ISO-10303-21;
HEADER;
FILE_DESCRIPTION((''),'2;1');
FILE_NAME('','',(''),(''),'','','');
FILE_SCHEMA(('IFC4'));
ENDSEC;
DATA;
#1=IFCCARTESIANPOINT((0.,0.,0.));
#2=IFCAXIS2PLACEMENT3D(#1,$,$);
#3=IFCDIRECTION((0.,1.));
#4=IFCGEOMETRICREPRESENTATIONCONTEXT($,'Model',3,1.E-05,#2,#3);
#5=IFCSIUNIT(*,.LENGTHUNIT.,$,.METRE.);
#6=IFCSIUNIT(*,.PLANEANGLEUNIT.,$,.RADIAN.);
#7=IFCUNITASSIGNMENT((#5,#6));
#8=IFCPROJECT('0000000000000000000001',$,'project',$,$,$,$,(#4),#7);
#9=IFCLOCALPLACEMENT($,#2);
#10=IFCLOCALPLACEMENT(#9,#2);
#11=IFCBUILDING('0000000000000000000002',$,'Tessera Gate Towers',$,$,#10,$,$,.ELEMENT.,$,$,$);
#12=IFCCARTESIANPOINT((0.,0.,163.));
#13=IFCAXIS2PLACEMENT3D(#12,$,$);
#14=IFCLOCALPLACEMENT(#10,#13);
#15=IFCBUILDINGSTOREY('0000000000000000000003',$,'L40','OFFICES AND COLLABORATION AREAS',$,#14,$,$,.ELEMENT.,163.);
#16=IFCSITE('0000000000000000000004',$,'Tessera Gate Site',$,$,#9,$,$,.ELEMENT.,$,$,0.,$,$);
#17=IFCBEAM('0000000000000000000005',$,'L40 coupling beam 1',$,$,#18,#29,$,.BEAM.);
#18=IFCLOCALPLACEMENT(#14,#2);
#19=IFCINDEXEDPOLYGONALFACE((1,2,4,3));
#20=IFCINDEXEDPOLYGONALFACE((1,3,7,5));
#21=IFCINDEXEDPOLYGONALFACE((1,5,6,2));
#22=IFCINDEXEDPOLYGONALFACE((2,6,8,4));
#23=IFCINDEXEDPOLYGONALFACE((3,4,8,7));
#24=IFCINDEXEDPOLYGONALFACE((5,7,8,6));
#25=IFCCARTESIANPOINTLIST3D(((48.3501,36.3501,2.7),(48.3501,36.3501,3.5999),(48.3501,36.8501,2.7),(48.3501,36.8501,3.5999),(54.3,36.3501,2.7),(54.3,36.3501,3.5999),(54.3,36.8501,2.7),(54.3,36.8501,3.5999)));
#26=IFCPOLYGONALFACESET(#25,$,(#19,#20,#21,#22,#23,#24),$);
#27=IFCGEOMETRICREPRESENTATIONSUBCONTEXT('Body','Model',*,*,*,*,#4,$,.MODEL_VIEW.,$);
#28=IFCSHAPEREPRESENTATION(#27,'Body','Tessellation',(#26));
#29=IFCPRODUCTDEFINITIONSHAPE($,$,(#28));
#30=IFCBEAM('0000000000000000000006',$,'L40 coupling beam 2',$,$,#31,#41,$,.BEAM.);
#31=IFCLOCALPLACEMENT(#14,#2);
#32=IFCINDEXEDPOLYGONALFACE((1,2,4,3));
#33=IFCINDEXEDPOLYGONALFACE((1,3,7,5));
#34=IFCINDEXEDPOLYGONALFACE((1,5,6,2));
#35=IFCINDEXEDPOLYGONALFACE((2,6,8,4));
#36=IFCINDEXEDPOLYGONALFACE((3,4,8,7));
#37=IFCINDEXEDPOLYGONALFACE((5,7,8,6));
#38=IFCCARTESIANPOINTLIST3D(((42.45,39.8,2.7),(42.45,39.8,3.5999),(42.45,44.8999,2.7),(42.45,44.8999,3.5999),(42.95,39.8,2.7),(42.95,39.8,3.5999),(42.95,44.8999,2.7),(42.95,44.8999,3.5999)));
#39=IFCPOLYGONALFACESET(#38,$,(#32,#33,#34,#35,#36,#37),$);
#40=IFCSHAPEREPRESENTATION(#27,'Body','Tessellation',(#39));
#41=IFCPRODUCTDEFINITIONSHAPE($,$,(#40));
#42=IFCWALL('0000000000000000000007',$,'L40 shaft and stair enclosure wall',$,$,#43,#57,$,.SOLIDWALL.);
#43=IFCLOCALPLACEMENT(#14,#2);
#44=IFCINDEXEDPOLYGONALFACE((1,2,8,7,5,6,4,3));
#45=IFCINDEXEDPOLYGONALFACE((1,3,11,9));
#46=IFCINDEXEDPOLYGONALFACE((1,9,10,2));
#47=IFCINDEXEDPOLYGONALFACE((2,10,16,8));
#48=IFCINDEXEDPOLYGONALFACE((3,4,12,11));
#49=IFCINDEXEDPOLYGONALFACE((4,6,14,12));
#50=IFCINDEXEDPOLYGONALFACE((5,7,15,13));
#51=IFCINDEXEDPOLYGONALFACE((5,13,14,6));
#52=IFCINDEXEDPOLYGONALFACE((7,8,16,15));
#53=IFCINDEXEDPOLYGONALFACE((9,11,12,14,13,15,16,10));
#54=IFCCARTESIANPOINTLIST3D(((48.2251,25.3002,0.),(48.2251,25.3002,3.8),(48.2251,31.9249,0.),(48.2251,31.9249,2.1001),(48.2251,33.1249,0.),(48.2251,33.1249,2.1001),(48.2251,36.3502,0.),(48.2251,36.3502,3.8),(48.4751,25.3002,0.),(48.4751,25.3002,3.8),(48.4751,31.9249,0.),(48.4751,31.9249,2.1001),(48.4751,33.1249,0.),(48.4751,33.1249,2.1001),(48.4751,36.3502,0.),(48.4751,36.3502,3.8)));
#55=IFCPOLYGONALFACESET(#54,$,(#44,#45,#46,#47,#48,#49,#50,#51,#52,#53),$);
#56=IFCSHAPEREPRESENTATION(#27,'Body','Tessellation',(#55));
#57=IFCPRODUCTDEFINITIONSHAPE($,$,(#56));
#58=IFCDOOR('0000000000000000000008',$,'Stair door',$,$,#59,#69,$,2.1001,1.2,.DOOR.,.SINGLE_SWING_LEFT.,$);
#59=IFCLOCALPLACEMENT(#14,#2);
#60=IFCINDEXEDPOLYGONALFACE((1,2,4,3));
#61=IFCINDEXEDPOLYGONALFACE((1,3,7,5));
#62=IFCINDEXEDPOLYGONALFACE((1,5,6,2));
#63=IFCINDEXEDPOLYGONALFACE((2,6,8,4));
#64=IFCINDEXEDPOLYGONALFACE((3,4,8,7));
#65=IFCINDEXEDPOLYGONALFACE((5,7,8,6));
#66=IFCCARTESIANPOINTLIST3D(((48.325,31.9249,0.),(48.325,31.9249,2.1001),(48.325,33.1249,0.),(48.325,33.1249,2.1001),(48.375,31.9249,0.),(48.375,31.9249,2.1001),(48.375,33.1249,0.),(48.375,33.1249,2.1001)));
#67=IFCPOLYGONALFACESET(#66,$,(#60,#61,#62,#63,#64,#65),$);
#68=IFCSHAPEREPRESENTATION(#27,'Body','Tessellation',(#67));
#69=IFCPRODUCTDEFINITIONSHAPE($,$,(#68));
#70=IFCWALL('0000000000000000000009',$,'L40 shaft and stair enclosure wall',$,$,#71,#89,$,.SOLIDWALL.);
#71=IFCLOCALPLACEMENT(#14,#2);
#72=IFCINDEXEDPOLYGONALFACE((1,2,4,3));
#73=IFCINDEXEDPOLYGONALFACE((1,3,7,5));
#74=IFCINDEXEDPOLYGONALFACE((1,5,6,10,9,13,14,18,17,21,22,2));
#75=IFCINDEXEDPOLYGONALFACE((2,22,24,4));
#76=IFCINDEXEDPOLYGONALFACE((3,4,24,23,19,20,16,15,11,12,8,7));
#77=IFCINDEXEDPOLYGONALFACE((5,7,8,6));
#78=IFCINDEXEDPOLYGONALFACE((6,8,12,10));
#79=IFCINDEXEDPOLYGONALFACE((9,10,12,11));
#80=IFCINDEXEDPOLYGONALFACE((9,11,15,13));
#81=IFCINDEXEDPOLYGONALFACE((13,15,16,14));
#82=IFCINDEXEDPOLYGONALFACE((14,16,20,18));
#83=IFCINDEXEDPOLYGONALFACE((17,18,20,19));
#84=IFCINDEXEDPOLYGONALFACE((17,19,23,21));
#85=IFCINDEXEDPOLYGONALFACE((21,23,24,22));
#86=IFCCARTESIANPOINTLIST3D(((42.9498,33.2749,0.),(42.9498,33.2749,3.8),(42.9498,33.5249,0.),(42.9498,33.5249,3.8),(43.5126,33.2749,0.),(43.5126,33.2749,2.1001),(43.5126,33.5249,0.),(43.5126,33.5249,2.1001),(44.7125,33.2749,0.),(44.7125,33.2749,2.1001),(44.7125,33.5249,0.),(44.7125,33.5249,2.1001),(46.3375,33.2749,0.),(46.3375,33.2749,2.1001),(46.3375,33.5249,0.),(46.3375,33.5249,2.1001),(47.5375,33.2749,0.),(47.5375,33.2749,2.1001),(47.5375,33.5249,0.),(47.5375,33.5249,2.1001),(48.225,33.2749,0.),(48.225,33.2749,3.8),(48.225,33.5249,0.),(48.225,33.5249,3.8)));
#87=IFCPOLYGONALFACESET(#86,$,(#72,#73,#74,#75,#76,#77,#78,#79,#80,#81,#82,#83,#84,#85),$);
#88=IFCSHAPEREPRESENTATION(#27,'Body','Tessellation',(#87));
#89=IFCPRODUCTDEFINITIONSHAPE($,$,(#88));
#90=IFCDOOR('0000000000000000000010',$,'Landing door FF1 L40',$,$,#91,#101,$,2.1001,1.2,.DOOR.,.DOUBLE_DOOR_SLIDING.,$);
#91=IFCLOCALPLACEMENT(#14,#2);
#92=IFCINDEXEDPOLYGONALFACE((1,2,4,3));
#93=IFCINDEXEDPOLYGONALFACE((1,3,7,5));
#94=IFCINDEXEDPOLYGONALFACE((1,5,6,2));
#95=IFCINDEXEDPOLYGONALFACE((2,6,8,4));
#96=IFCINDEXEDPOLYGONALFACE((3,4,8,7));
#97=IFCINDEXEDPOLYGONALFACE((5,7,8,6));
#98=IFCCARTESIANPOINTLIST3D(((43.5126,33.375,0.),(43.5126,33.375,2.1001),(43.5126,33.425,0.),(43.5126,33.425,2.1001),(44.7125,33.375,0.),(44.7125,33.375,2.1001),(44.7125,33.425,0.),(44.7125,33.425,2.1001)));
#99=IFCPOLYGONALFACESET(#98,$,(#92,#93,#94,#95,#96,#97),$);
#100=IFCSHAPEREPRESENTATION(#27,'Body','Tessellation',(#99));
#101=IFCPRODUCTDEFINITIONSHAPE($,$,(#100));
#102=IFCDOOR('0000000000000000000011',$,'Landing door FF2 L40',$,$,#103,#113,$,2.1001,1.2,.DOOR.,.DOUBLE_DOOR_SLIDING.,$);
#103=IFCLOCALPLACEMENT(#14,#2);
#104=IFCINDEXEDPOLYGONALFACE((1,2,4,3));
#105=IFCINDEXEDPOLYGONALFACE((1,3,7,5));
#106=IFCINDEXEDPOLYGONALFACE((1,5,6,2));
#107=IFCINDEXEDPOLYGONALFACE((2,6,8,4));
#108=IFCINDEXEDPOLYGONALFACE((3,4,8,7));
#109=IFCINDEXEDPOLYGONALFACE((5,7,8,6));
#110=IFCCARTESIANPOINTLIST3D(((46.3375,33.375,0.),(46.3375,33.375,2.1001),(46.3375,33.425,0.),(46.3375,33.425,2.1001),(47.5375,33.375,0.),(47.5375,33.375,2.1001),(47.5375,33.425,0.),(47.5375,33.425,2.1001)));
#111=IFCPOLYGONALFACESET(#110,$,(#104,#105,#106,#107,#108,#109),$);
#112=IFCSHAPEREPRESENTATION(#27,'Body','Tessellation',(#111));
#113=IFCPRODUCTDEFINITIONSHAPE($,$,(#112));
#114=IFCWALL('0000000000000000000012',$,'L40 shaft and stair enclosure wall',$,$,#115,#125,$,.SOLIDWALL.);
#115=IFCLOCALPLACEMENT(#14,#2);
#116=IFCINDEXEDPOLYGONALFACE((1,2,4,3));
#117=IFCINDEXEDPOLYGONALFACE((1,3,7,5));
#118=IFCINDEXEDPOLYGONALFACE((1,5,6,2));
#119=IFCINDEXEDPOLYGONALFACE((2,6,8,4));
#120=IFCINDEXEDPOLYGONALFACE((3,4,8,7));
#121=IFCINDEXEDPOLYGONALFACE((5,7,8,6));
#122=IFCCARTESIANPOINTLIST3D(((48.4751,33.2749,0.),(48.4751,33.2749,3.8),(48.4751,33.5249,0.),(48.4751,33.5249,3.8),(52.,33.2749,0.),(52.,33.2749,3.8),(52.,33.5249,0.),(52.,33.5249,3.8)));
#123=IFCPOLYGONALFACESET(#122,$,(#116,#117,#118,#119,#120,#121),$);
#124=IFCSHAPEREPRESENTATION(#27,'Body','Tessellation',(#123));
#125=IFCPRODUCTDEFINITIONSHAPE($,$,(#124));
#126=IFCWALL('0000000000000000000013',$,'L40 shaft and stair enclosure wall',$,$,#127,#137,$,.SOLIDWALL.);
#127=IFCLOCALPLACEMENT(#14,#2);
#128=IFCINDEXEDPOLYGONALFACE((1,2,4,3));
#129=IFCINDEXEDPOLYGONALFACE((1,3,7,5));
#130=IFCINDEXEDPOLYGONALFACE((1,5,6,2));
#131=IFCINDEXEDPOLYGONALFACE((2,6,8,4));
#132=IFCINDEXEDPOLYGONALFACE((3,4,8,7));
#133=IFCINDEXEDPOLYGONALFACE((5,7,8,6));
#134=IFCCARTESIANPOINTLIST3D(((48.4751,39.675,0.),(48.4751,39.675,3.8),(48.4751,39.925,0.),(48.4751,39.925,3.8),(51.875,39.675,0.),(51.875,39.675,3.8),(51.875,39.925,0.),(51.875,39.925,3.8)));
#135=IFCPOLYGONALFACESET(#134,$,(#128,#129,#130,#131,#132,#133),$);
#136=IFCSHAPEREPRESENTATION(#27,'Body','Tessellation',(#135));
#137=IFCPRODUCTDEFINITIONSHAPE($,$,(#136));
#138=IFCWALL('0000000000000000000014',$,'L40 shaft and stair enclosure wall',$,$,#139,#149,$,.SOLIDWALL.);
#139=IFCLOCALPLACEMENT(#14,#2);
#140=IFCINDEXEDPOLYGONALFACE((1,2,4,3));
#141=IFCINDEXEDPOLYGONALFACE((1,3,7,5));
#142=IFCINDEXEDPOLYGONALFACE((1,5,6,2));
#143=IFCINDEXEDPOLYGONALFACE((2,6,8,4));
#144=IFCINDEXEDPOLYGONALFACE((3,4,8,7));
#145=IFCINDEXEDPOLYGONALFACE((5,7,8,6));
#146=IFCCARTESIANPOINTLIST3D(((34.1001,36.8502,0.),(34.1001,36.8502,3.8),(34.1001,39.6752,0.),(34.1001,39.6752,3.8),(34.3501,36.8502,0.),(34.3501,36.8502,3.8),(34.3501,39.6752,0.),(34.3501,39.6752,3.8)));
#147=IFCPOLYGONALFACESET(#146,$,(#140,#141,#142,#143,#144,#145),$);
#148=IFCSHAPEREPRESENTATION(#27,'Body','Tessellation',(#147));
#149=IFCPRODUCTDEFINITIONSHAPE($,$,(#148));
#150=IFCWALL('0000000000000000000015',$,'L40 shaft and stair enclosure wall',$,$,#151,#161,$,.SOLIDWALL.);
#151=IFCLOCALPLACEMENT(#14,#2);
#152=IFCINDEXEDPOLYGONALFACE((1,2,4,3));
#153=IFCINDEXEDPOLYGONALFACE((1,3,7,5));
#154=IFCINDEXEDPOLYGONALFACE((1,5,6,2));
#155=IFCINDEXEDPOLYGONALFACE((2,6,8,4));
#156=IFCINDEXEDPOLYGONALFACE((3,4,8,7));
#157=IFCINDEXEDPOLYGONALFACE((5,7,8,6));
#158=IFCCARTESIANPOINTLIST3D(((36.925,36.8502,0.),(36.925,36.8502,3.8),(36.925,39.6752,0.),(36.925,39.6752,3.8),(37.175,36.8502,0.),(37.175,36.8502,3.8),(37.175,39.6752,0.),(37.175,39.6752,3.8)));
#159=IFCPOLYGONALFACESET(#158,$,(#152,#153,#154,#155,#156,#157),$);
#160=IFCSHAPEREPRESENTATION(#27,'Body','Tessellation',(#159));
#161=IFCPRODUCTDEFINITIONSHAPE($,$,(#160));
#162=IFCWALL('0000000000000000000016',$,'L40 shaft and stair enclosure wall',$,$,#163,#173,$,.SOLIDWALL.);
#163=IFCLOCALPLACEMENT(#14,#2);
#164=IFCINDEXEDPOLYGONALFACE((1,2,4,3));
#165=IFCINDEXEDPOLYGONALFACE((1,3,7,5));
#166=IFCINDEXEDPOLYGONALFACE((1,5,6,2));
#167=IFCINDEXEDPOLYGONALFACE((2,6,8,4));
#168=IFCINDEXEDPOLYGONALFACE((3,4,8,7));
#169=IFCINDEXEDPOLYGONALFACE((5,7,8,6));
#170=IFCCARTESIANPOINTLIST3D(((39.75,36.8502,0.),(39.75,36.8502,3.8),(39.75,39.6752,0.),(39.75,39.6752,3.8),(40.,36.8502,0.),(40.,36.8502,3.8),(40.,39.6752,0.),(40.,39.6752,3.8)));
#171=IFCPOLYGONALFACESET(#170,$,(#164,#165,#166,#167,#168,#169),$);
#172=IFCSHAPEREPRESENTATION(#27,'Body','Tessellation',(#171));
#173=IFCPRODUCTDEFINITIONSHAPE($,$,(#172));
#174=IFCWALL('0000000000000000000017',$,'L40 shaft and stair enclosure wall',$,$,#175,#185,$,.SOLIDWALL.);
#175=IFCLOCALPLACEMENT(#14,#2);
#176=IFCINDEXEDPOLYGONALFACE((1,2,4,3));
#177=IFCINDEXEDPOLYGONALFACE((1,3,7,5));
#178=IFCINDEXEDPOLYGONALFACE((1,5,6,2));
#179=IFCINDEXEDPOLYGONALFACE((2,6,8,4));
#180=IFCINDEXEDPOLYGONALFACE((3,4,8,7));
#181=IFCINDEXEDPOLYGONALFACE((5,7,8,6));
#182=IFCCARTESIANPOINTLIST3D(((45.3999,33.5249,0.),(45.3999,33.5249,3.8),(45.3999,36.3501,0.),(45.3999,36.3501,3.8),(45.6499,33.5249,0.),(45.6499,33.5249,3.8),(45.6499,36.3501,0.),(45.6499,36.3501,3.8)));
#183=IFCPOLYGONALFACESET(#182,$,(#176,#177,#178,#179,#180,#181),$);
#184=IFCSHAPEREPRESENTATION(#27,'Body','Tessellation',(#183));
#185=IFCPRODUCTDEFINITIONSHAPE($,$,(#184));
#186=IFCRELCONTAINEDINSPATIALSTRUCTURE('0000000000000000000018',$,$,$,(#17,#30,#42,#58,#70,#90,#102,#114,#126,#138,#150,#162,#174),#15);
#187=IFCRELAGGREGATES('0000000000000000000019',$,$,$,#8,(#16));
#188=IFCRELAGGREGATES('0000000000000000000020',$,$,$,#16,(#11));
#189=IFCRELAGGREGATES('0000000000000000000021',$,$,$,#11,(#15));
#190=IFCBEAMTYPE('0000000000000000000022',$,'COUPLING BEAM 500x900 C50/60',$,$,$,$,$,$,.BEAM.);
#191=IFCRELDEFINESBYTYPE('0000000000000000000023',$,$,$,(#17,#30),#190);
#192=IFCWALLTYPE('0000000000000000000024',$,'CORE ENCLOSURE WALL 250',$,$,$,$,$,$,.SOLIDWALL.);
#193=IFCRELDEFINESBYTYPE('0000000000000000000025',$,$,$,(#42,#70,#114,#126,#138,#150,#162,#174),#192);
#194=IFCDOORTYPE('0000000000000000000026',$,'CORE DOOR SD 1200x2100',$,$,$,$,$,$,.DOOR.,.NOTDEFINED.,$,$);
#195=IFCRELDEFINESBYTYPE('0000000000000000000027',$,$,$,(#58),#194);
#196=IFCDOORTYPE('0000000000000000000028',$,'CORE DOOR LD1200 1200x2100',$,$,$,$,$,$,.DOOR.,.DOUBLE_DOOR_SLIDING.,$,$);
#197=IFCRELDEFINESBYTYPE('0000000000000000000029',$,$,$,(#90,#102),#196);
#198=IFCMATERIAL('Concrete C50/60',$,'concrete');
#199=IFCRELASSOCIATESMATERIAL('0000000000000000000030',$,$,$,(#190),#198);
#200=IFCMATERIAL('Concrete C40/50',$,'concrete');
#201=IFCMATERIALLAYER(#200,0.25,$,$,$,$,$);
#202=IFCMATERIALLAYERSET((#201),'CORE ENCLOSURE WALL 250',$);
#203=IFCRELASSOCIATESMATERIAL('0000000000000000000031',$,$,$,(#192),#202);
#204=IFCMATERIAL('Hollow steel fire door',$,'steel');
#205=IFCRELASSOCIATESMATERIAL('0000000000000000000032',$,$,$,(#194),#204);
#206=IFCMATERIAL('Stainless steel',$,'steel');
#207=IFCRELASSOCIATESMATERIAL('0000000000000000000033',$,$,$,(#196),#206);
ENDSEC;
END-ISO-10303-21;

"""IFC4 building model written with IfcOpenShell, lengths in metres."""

from ifc_helpers import new_model, si_unit, direction, frame, frame_2d, origin, origin_2d, place, context, subcontext, project, spatial, rectangle, extrude, source, transform, mapped, material, layer, layer_set, material_profile, profile_set, type_object, element, fill, save


model = new_model("IFC4")

# Units and contexts
model_context = context("Model", 3, precision=1e-05, world=origin(), true_north=direction((0.0, 1.0)))
body_context = subcontext(model_context, "Body", "Model", "MODEL_VIEW")
ifc_project = project(units=[si_unit("LENGTHUNIT", "METRE"), si_unit("PLANEANGLEUNIT", "RADIAN")], contexts=[model_context])

# Site, building, storey
site_placement = place(None, origin())
site = spatial("IfcSite", under=ifc_project, at=site_placement, Name="Tessera Gate Site", CompositionType="ELEMENT", RefElevation=0.0)
building_placement = place(site_placement, origin())
building = spatial("IfcBuilding", under=site, at=building_placement, Name="Tessera Gate Towers", CompositionType="ELEMENT")
storey_placement = place(building_placement, frame((0.0, 0.0, 163.0)))
storey = spatial("IfcBuildingStorey", under=building, at=storey_placement, Name="L40", Description="OFFICES AND COLLABORATION AREAS", CompositionType="ELEMENT", Elevation=163.0)

# Beams
ifc_material_1 = material(Name="Concrete C50/60", Category="concrete")
ifc_material_profile = material_profile(ifc_material_1, rectangle(XDim=0.5, YDim=0.8999, at=origin_2d()), Name="RC 500x900")
ifc_profile_set = profile_set([ifc_material_profile], Name="Concrete C50/60")
beam_type = type_object("IfcBeamType", Name="COUPLING BEAM 500x900 C50/60", PredefinedType="BEAM", material=ifc_profile_set)
beam_1_placement = place(storey_placement, frame((48.3501, 36.6001, 3.1499), z_axis=(1.0, 0.0, 0.0), x_axis=(0.0, 1.0, 0.0)))
element("IfcBeam", 1, at=beam_1_placement, inside=storey, type_object=beam_type, Name="L40 coupling beam 1", PredefinedType="BEAM", context=body_context, shape_type="SweptSolid", body=[
    extrude(rectangle(XDim=0.5, YDim=0.8999, at=origin_2d()), origin(), (0.0, 0.0, 1.0), 5.95),
])
beam_2_placement = place(storey_placement, frame((42.7, 39.8, 3.1499), z_axis=(0.0, 1.0, 0.0), x_axis=(-1.0, 0.0, 0.0)))
element("IfcBeam", 2, at=beam_2_placement, inside=storey, type_object=beam_type, Name="L40 coupling beam 2", PredefinedType="BEAM", context=body_context, shape_type="SweptSolid", body=[
    extrude(rectangle(XDim=0.5, YDim=0.8999, at=origin_2d()), origin(), (0.0, 0.0, 1.0), 5.0999),
])

# Wall, opening, door
ifc_material_2 = material(Name="Concrete C40/50", Category="concrete")
ifc_layer_1 = layer(ifc_material_2, 0.25)
ifc_layer_set_1 = layer_set([ifc_layer_1], Name="CORE ENCLOSURE WALL 250")
wall_type_1 = type_object("IfcWallType", Name="CORE ENCLOSURE WALL 250", PredefinedType="SOLIDWALL", material=ifc_layer_set_1)
wall_1_placement = place(storey_placement, frame((48.3501, 36.3501, 0.0), z_axis=(0.0, 0.0, 1.0), x_axis=(0.0, -1.0, 0.0)))
wall_1 = element("IfcWall", 3, at=wall_1_placement, inside=storey, type_object=wall_type_1, Name="L40 shaft and stair enclosure wall", PredefinedType="SOLIDWALL", context=body_context, shape_type="SweptSolid", body=[
    extrude(rectangle(XDim=11.05, YDim=0.25, at=frame_2d((5.5249, 0.0))), origin(), (0.0, 0.0, 1.0), 3.8),
])
shared_shape_1 = source(origin(), body_context, "Body", "SweptSolid", [
    extrude(rectangle(XDim=1.2, YDim=2.1001, at=frame_2d((0.6001, 1.05))), frame((0.0, 0.135, 0.0), z_axis=(0.0, -1.0, 0.0), x_axis=(1.0, 0.0, 0.0)), (0.0, 0.0, 1.0), 0.27),
])
opening_1_placement = place(wall_1_placement, frame((3.2251, 0.0, 0.0)))
opening_1 = element("IfcOpeningElement", 4, at=opening_1_placement, cuts=wall_1, PredefinedType="OPENING", context=body_context, shape_type="MappedRepresentation", body=[
    mapped(shared_shape_1, transform((0.0, 0.0, 0.0), scale=1.0)),
])
ifc_material_3 = material(Name="Hollow steel fire door", Category="steel")
door_type_1 = type_object("IfcDoorType", Name="CORE DOOR SD 1200x2100", OperationType="NOTDEFINED", PredefinedType="DOOR", material=ifc_material_3)
shared_shape_2 = source(origin(), body_context, "Body", "SweptSolid", [
    extrude(rectangle(XDim=1.2, YDim=2.1001, at=frame_2d((0.6001, 1.05))), frame((0.0, 0.0249, 0.0), z_axis=(0.0, -1.0, 0.0), x_axis=(1.0, 0.0, 0.0)), (0.0, 0.0, 1.0), 0.05),
])
door_1_placement = place(opening_1_placement, origin())
door_1 = element("IfcDoor", 5, at=door_1_placement, inside=storey, type_object=door_type_1, Name="Stair door", OperationType="SINGLE_SWING_LEFT", OverallHeight=2.1001, OverallWidth=1.2, PredefinedType="DOOR", context=body_context, shape_type="MappedRepresentation", body=[
    mapped(shared_shape_2, transform((0.0, 0.0, 0.0), scale=1.0)),
])
fill(opening_1, door_1)

# Wall, openings, doors
wall_2_placement = place(storey_placement, frame((48.2251, 33.3999, 0.0), z_axis=(0.0, 0.0, 1.0), x_axis=(-1.0, 0.0, 0.0)))
wall_2 = element("IfcWall", 6, at=wall_2_placement, inside=storey, type_object=wall_type_1, Name="L40 shaft and stair enclosure wall", PredefinedType="SOLIDWALL", context=body_context, shape_type="SweptSolid", body=[
    extrude(rectangle(XDim=5.2751, YDim=0.25, at=frame_2d((2.6377, 0.0))), origin(), (0.0, 0.0, 1.0), 3.8),
])
opening_2_placement = place(wall_2_placement, frame((3.5125, 0.0, 0.0)))
opening_2 = element("IfcOpeningElement", 7, at=opening_2_placement, cuts=wall_2, PredefinedType="OPENING", context=body_context, shape_type="MappedRepresentation", body=[
    mapped(shared_shape_1, transform((0.0, 0.0, 0.0), scale=1.0)),
])
opening_3_placement = place(wall_2_placement, frame((0.6875, 0.0, 0.0)))
opening_3 = element("IfcOpeningElement", 8, at=opening_3_placement, cuts=wall_2, PredefinedType="OPENING", context=body_context, shape_type="MappedRepresentation", body=[
    mapped(shared_shape_1, transform((0.0, 0.0, 0.0), scale=1.0)),
])
ifc_material_4 = material(Name="Stainless steel", Category="steel")
door_type_2 = type_object("IfcDoorType", Name="CORE DOOR LD1200 1200x2100", OperationType="DOUBLE_DOOR_SLIDING", PredefinedType="DOOR", material=ifc_material_4)
door_2_placement = place(opening_2_placement, origin())
door_2 = element("IfcDoor", 9, at=door_2_placement, inside=storey, type_object=door_type_2, Name="Landing door FF1 L40", OperationType="DOUBLE_DOOR_SLIDING", OverallHeight=2.1001, OverallWidth=1.2, PredefinedType="DOOR", context=body_context, shape_type="MappedRepresentation", body=[
    mapped(shared_shape_2, transform((0.0, 0.0, 0.0), scale=1.0)),
])
fill(opening_2, door_2)
door_3_placement = place(opening_3_placement, origin())
door_3 = element("IfcDoor", 10, at=door_3_placement, inside=storey, type_object=door_type_2, Name="Landing door FF2 L40", OperationType="DOUBLE_DOOR_SLIDING", OverallHeight=2.1001, OverallWidth=1.2, PredefinedType="DOOR", context=body_context, shape_type="MappedRepresentation", body=[
    mapped(shared_shape_2, transform((0.0, 0.0, 0.0), scale=1.0)),
])
fill(opening_3, door_3)

# Walls
wall_3_placement = place(storey_placement, frame((48.4751, 33.3999, 0.0), z_axis=(0.0, 0.0, 1.0), x_axis=(1.0, 0.0, 0.0)))
element("IfcWall", 11, at=wall_3_placement, inside=storey, type_object=wall_type_1, Name="L40 shaft and stair enclosure wall", PredefinedType="SOLIDWALL", context=body_context, shape_type="SweptSolid", body=[
    extrude(rectangle(XDim=3.5249, YDim=0.25, at=frame_2d((1.7625, 0.0))), origin(), (0.0, 0.0, 1.0), 3.8),
])
wall_4_placement = place(storey_placement, frame((48.4751, 39.8, 0.0), z_axis=(0.0, 0.0, 1.0), x_axis=(1.0, 0.0, 0.0)))
element("IfcWall", 12, at=wall_4_placement, inside=storey, type_object=wall_type_1, Name="L40 shaft and stair enclosure wall", PredefinedType="SOLIDWALL", context=body_context, shape_type="SweptSolid", body=[
    extrude(rectangle(XDim=3.3999, YDim=0.25, at=frame_2d((1.7, 0.0))), origin(), (0.0, 0.0, 1.0), 3.8),
])
for number, where, z_axis, x_axis, name in (
    (13, (34.2251, 36.8501, 0.0), (0.0, 0.0, 1.0), (0.0, 1.0, 0.0), "L40 shaft and stair enclosure wall"),
    (14, (37.05, 36.8501, 0.0), (0.0, 0.0, 1.0), (0.0, 1.0, 0.0), "L40 shaft and stair enclosure wall"),
    (15, (39.875, 36.8501, 0.0), (0.0, 0.0, 1.0), (0.0, 1.0, 0.0), "L40 shaft and stair enclosure wall"),
):
    element("IfcWall", number, at=place(storey_placement, frame(where, z_axis=z_axis, x_axis=x_axis)), inside=storey, type_object=wall_type_1, Name=name, PredefinedType="SOLIDWALL", context=body_context, shape_type="SweptSolid", body=[
        extrude(rectangle(XDim=2.825, YDim=0.25, at=frame_2d((1.4126, 0.0))), origin(), (0.0, 0.0, 1.0), 3.8),
    ])
wall_5_placement = place(storey_placement, frame((45.5249, 33.5249, 0.0), z_axis=(0.0, 0.0, 1.0), x_axis=(0.0, 1.0, 0.0)))
element("IfcWall", 16, at=wall_5_placement, inside=storey, type_object=wall_type_1, Name="L40 shaft and stair enclosure wall", PredefinedType="SOLIDWALL", context=body_context, shape_type="SweptSolid", body=[
    extrude(rectangle(XDim=2.8252, YDim=0.25, at=frame_2d((1.4126, 0.0))), origin(), (0.0, 0.0, 1.0), 3.8),
])

save(model, "model.ifc")
